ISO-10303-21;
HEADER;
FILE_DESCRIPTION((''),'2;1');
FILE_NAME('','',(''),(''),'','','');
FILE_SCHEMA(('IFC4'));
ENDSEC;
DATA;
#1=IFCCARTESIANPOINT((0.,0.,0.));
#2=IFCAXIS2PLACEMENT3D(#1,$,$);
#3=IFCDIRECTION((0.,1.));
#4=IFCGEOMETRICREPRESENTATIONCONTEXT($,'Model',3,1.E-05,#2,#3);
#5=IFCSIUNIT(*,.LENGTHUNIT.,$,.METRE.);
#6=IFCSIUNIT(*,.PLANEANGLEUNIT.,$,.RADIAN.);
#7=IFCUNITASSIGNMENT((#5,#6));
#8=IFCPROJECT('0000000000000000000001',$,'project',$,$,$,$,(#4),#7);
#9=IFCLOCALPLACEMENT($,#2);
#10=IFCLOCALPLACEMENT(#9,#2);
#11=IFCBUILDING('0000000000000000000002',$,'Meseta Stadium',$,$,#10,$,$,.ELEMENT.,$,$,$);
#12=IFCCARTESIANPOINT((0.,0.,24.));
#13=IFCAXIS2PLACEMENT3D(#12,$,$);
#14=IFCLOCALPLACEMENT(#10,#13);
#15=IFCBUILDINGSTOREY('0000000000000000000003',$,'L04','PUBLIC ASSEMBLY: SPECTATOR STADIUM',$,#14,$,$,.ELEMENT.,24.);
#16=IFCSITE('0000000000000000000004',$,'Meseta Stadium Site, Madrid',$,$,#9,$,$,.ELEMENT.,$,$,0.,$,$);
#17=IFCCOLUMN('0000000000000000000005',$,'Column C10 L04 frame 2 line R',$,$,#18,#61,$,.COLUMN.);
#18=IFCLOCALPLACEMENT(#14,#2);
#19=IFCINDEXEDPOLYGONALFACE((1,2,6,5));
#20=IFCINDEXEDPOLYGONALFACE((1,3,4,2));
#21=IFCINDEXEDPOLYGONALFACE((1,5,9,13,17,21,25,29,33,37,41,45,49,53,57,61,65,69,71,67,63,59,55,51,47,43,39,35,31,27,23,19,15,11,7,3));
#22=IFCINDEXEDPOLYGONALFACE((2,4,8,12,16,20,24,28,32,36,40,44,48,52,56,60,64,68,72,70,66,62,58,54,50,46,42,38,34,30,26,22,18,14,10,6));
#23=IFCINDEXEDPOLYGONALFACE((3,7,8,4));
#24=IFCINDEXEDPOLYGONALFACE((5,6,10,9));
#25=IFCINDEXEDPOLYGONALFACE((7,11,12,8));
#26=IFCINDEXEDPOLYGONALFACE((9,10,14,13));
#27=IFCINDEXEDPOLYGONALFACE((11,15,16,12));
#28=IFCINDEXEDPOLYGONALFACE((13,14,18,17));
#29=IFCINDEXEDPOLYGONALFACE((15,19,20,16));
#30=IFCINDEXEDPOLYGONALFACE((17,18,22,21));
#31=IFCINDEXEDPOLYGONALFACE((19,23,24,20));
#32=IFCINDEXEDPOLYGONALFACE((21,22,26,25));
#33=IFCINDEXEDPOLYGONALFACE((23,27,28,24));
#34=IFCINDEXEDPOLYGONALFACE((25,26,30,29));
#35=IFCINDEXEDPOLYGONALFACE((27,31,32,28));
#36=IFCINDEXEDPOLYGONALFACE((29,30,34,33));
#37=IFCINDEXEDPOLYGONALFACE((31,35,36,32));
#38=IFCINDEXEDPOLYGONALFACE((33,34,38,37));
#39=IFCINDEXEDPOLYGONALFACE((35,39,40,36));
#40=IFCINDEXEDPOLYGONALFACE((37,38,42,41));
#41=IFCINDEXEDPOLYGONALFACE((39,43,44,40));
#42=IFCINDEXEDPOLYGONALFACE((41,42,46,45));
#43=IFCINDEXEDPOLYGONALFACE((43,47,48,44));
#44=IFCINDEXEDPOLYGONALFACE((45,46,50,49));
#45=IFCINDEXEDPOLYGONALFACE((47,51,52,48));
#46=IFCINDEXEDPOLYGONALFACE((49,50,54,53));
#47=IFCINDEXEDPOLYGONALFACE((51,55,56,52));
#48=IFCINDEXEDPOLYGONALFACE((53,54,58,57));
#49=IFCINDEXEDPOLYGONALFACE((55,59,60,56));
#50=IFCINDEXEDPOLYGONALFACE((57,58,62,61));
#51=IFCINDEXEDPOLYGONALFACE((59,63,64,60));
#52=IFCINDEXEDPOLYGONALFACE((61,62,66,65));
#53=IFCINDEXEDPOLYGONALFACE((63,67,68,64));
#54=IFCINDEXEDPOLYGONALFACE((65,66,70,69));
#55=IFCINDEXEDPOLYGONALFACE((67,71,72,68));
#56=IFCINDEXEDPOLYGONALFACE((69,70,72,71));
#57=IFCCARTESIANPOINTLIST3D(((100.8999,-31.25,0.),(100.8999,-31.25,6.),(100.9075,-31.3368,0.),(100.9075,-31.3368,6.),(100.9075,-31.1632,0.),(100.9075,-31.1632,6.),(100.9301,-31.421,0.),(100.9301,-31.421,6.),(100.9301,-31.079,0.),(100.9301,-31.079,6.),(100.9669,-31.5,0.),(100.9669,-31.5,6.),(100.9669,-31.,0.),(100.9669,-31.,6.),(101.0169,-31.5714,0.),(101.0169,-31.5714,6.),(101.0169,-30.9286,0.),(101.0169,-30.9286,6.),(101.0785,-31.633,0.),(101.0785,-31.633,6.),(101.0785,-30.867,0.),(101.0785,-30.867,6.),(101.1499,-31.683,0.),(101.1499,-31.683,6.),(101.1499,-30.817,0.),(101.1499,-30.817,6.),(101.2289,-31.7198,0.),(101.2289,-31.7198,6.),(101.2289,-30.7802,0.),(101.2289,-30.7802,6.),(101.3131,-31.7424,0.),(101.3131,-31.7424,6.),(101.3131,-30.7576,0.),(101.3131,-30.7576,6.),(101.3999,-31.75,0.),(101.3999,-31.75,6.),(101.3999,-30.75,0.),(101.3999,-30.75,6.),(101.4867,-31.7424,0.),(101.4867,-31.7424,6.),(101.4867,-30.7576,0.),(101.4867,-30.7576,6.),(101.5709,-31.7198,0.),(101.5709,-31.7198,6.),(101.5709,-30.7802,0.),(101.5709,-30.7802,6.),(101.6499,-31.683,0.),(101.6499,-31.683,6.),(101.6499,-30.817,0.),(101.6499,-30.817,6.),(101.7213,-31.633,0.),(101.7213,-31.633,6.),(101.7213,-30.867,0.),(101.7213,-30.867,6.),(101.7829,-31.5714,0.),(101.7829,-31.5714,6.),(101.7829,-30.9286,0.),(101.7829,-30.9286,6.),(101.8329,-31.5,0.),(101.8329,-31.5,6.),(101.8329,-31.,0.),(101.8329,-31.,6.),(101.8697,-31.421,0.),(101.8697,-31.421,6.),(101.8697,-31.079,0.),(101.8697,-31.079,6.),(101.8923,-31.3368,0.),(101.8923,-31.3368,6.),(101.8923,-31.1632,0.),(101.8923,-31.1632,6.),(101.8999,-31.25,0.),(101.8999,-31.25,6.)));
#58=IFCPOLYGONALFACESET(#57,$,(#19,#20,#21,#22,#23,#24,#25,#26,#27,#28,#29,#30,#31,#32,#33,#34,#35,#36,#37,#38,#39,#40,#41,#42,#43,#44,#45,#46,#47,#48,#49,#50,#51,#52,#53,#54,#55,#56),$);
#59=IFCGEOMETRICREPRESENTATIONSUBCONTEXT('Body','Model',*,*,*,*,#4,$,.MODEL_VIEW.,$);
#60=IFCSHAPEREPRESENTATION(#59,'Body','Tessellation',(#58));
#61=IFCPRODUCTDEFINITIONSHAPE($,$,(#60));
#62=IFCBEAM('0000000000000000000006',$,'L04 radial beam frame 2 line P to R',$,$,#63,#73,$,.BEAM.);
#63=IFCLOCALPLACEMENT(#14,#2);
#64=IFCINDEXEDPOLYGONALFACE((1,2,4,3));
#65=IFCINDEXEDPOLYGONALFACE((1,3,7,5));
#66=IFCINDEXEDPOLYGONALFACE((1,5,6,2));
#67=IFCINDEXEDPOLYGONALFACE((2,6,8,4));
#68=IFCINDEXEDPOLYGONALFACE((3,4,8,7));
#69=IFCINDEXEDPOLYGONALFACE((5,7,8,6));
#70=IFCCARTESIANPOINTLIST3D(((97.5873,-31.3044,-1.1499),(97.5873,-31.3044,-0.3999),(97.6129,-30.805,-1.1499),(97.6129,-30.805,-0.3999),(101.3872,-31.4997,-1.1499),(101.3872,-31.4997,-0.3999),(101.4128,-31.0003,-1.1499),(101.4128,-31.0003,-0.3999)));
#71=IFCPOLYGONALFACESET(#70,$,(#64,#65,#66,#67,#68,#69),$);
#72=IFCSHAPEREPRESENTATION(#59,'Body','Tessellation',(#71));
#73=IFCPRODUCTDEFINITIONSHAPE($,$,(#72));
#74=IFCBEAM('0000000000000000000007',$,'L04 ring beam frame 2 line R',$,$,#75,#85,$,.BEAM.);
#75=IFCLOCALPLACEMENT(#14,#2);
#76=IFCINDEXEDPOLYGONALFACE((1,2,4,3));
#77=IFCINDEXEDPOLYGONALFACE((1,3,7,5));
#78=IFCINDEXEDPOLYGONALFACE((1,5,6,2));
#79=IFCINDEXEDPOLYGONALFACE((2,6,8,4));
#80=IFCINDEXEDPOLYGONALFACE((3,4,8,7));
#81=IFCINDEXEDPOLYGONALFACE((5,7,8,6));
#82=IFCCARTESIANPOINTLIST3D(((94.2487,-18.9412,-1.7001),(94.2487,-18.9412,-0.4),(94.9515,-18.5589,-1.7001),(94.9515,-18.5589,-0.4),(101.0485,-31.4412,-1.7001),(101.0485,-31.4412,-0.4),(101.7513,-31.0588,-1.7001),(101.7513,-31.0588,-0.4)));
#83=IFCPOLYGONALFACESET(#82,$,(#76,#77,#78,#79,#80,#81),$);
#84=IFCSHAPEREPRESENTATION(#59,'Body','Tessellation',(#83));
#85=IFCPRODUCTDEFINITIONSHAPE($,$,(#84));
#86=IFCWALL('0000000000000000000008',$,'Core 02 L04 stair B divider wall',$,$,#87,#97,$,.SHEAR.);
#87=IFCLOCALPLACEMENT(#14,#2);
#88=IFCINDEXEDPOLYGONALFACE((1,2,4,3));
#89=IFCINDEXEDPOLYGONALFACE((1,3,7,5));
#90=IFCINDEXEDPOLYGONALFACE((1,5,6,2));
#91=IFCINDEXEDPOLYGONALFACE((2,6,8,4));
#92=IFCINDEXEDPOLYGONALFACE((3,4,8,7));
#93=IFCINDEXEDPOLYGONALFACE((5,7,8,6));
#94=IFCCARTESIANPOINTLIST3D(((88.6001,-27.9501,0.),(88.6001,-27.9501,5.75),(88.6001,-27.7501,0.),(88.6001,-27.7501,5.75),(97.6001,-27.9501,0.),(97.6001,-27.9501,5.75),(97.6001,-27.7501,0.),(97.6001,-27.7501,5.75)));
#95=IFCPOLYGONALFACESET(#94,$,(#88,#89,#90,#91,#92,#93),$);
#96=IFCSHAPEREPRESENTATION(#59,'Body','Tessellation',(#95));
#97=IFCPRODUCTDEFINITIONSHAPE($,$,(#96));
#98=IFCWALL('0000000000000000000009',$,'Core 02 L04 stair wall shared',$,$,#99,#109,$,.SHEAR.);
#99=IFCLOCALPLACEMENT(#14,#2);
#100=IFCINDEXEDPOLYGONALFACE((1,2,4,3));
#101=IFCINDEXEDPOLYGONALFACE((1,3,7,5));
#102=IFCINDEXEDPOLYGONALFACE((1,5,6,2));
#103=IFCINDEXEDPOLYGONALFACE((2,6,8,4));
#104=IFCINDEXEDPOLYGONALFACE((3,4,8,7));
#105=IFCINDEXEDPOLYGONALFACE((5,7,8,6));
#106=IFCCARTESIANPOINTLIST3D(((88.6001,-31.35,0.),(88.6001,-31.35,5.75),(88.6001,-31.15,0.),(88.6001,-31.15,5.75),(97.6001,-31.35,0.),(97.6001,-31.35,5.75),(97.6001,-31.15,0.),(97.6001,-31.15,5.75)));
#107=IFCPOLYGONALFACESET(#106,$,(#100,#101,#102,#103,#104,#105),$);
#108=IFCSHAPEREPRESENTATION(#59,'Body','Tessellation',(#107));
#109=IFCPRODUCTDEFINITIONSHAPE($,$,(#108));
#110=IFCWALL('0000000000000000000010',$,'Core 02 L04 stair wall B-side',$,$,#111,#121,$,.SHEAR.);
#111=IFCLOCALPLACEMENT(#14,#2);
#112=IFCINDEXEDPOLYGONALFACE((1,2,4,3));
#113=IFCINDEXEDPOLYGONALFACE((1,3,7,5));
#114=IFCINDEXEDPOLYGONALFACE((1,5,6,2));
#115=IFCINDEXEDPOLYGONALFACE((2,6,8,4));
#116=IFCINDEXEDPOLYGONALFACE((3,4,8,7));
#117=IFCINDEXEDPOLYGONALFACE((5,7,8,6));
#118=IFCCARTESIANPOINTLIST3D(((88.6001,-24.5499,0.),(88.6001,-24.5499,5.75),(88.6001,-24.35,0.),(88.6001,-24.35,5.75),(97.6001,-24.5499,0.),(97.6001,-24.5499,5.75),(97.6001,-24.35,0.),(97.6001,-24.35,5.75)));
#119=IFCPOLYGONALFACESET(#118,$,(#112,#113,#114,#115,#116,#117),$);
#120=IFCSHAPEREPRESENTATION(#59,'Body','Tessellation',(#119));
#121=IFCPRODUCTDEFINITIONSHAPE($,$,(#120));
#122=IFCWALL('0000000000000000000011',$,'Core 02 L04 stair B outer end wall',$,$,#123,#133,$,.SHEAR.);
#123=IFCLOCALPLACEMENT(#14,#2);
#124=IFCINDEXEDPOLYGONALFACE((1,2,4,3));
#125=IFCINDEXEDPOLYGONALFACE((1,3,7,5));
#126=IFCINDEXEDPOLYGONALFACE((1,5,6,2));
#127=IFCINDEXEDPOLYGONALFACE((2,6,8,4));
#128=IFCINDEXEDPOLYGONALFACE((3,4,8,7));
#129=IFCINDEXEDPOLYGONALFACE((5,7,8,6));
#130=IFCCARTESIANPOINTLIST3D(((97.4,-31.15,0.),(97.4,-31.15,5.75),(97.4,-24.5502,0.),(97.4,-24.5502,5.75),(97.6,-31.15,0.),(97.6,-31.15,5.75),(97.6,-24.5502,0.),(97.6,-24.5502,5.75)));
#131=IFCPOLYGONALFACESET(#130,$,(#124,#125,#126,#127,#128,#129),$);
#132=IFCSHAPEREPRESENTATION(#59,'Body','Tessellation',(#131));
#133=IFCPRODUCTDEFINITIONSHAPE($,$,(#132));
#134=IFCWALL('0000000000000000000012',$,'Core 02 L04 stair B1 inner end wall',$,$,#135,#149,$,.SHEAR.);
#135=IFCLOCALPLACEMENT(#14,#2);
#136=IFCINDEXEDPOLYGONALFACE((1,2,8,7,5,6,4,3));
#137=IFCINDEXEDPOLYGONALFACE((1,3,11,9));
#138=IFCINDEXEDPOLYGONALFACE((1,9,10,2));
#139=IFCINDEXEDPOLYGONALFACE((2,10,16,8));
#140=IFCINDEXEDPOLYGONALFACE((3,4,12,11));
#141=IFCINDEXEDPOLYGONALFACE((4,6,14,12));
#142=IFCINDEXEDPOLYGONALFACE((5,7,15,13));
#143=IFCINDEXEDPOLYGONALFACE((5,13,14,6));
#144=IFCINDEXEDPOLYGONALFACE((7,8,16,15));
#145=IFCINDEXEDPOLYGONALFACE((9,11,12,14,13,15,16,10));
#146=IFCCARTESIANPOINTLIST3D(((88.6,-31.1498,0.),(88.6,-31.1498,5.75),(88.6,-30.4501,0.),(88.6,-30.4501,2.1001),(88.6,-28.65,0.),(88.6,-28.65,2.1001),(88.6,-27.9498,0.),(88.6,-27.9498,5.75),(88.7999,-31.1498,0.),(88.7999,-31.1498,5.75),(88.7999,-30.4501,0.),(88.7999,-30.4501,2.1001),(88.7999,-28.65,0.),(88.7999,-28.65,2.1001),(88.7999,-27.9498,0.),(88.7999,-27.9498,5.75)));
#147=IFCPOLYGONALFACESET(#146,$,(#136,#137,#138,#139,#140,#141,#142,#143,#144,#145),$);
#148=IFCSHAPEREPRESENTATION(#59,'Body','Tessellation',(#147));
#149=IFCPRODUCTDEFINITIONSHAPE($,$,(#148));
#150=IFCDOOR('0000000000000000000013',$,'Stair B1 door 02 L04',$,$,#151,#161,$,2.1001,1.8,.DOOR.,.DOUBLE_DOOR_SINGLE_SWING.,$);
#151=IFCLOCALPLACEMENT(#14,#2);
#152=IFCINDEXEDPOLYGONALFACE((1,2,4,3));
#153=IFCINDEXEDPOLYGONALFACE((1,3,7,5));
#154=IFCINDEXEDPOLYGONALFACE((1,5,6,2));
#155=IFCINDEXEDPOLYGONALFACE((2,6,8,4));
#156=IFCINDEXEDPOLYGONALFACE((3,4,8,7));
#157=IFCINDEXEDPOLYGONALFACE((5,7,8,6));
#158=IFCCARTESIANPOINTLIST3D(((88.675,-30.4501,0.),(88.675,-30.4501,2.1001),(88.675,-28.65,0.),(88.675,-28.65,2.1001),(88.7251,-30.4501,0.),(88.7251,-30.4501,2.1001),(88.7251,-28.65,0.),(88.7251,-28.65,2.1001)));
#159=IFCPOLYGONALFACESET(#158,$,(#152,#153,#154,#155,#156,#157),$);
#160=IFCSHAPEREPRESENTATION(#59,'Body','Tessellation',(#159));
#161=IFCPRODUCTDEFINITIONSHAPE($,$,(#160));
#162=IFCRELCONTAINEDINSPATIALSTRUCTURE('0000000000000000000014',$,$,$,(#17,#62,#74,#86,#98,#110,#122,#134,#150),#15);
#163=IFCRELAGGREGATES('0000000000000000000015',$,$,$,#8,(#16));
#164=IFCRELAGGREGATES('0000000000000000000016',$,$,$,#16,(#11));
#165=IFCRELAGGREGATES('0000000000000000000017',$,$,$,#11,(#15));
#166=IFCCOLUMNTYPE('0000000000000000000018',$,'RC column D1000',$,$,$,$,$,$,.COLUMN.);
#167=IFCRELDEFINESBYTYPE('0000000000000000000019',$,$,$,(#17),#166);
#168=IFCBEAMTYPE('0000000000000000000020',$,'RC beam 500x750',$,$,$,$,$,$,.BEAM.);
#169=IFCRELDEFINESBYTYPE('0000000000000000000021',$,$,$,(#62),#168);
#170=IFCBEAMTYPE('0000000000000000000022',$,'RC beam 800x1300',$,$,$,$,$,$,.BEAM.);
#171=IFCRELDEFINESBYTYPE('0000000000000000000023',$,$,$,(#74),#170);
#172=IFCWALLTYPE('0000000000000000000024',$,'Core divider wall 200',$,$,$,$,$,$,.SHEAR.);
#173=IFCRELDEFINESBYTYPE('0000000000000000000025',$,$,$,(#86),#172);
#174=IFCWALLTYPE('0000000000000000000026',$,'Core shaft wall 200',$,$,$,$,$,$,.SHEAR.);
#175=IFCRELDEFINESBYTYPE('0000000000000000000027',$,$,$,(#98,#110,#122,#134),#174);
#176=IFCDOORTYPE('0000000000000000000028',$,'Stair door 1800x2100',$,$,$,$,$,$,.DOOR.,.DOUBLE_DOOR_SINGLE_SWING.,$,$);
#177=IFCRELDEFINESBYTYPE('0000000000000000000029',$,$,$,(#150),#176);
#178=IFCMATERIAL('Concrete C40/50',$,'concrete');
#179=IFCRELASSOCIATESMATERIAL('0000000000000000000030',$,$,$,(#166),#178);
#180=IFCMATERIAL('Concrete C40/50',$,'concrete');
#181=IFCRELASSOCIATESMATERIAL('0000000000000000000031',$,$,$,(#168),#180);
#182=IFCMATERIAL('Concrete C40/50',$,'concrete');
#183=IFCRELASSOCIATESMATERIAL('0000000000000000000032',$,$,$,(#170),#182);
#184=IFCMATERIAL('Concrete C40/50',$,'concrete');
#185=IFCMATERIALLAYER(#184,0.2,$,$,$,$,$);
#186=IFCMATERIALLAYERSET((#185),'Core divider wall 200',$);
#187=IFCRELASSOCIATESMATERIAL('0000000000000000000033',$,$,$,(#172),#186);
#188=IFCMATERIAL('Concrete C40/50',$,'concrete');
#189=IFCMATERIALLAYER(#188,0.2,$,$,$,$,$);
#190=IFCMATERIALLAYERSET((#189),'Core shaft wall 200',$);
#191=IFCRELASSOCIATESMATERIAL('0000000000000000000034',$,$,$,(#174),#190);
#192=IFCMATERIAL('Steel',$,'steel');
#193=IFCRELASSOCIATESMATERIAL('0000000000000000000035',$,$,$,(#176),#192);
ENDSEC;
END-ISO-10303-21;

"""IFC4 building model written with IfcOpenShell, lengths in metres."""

from ifc_helpers import new_model, si_unit, direction, frame, frame_2d, origin, origin_2d, place, context, subcontext, project, spatial, rectangle, circle, extrude, material, layer, layer_set, material_profile, profile_set, type_object, element, fill, save


model = new_model("IFC4")

# Units and contexts
model_context = context("Model", 3, precision=1e-05, world=origin(), true_north=direction((0.0, 1.0)))
body_context = subcontext(model_context, "Body", "Model", "MODEL_VIEW")
ifc_project = project(units=[si_unit("LENGTHUNIT", "METRE"), si_unit("PLANEANGLEUNIT", "RADIAN")], contexts=[model_context])

# Site, building, storey
site_placement = place(None, origin())
site = spatial("IfcSite", under=ifc_project, at=site_placement, Name="Meseta Stadium Site, Madrid", CompositionType="ELEMENT", RefElevation=0.0)
building_placement = place(site_placement, origin())
building = spatial("IfcBuilding", under=site, at=building_placement, Name="Meseta Stadium", CompositionType="ELEMENT")
storey_placement = place(building_placement, frame((0.0, 0.0, 24.0)))
storey = spatial("IfcBuildingStorey", under=building, at=storey_placement, Name="L04", Description="PUBLIC ASSEMBLY: SPECTATOR STADIUM", CompositionType="ELEMENT", Elevation=24.0)

# Column
ifc_material_1 = material(Name="Concrete C40/50", Category="concrete")
ifc_material_profile_1 = material_profile(ifc_material_1, circle(Radius=0.5, at=origin_2d()), Name="RC D1000")
ifc_profile_set_1 = profile_set([ifc_material_profile_1], Name="Concrete C40/50")
column_type = type_object("IfcColumnType", Name="RC column D1000", PredefinedType="COLUMN", material=ifc_profile_set_1)
column_placement = place(storey_placement, frame((101.3999, -31.25, 0.0), z_axis=(0.0, 0.0, 1.0), x_axis=(1.0, 0.0, 0.0)))
element("IfcColumn", 1, at=column_placement, inside=storey, type_object=column_type, Name="Column C10 L04 frame 2 line R", PredefinedType="COLUMN", context=body_context, shape_type="SweptSolid", body=[
    extrude(circle(Radius=0.5, at=origin_2d()), origin(), (0.0, 0.0, 1.0), 6.0),
])

# Beams
ifc_material_2 = material(Name="Concrete C40/50", Category="concrete")
ifc_material_profile_2 = material_profile(ifc_material_2, rectangle(XDim=0.5, YDim=0.75, at=origin_2d()), Name="RC 500x750")
ifc_profile_set_2 = profile_set([ifc_material_profile_2], Name="Concrete C40/50")
beam_type_1 = type_object("IfcBeamType", Name="RC beam 500x750", PredefinedType="BEAM", material=ifc_profile_set_2)
beam_1_placement = place(storey_placement, frame((97.6001, -31.0547, -0.7749), z_axis=(0.998682, -0.051333, 0.0), x_axis=(0.051333, 0.998682, 0.0)))
element("IfcBeam", 2, at=beam_1_placement, inside=storey, type_object=beam_type_1, Name="L04 radial beam frame 2 line P to R", PredefinedType="BEAM", context=body_context, shape_type="SweptSolid", body=[
    extrude(rectangle(XDim=0.5, YDim=0.75, at=origin_2d()), origin(), (0.0, 0.0, 1.0), 3.8049),
])
ifc_material_3 = material(Name="Concrete C40/50", Category="concrete")
ifc_material_profile_3 = material_profile(ifc_material_3, rectangle(XDim=0.8, YDim=1.3, at=origin_2d()), Name="RC 800x1300")
ifc_profile_set_3 = profile_set([ifc_material_profile_3], Name="Concrete C40/50")
beam_type_2 = type_object("IfcBeamType", Name="RC beam 800x1300", PredefinedType="BEAM", material=ifc_profile_set_3)
beam_2_placement = place(storey_placement, frame((101.3999, -31.25, -1.05), z_axis=(-0.477856, 0.878438, 0.0), x_axis=(-0.878438, -0.477856, 0.0)))
element("IfcBeam", 3, at=beam_2_placement, inside=storey, type_object=beam_type_2, Name="L04 ring beam frame 2 line R", PredefinedType="BEAM", context=body_context, shape_type="SweptSolid", body=[
    extrude(rectangle(XDim=0.8, YDim=1.3, at=origin_2d()), origin(), (0.0, 0.0, 1.0), 14.2297),
])

# Walls
ifc_material_4 = material(Name="Concrete C40/50", Category="concrete")
ifc_layer_1 = layer(ifc_material_4, 0.2)
ifc_layer_set_1 = layer_set([ifc_layer_1], Name="Core divider wall 200")
wall_type_1 = type_object("IfcWallType", Name="Core divider wall 200", PredefinedType="SHEAR", material=ifc_layer_set_1)
wall_1_placement = place(storey_placement, frame((97.6001, -27.8501, 0.0), z_axis=(0.0, 0.0, 1.0), x_axis=(-1.0, 0.0, 0.0)))
element("IfcWall", 4, at=wall_1_placement, inside=storey, type_object=wall_type_1, Name="Core 02 L04 stair B divider wall", PredefinedType="SHEAR", context=body_context, shape_type="SweptSolid", body=[
    extrude(rectangle(XDim=9.0, YDim=0.2, at=frame_2d((4.5, 0.0))), origin(), (0.0, 0.0, 1.0), 5.75),
])
ifc_material_5 = material(Name="Concrete C40/50", Category="concrete")
ifc_layer_2 = layer(ifc_material_5, 0.2)
ifc_layer_set_2 = layer_set([ifc_layer_2], Name="Core shaft wall 200")
wall_type_2 = type_object("IfcWallType", Name="Core shaft wall 200", PredefinedType="SHEAR", material=ifc_layer_set_2)
for number, where, z_axis, x_axis, name in (
    (5, (97.6001, -31.25, 0.0), (0.0, 0.0, 1.0), (-1.0, 0.0, 0.0), "Core 02 L04 stair wall shared"),
    (6, (97.6001, -24.45, 0.0), (0.0, 0.0, 1.0), (-1.0, 0.0, 0.0), "Core 02 L04 stair wall B-side"),
):
    element("IfcWall", number, at=place(storey_placement, frame(where, z_axis=z_axis, x_axis=x_axis)), inside=storey, type_object=wall_type_2, Name=name, PredefinedType="SHEAR", context=body_context, shape_type="SweptSolid", body=[
        extrude(rectangle(XDim=9.0, YDim=0.2, at=frame_2d((4.5, 0.0))), origin(), (0.0, 0.0, 1.0), 5.75),
    ])
wall_2_placement = place(storey_placement, frame((97.5, -31.1499, 0.0), z_axis=(0.0, 0.0, 1.0), x_axis=(0.0, 1.0, 0.0)))
element("IfcWall", 7, at=wall_2_placement, inside=storey, type_object=wall_type_2, Name="Core 02 L04 stair B outer end wall", PredefinedType="SHEAR", context=body_context, shape_type="SweptSolid", body=[
    extrude(rectangle(XDim=6.5999, YDim=0.2, at=frame_2d((3.2998, 0.0))), origin(), (0.0, 0.0, 1.0), 5.75),
])

# Wall, opening, door
wall_3_placement = place(storey_placement, frame((88.7, -31.1499, 0.0), z_axis=(0.0, 0.0, 1.0), x_axis=(0.0, 1.0, 0.0)))
wall_3 = element("IfcWall", 8, at=wall_3_placement, inside=storey, type_object=wall_type_2, Name="Core 02 L04 stair B1 inner end wall", PredefinedType="SHEAR", context=body_context, shape_type="SweptSolid", body=[
    extrude(rectangle(XDim=3.2, YDim=0.2, at=frame_2d((1.6001, 0.0))), origin(), (0.0, 0.0, 1.0), 5.75),
])
opening_1_placement = place(wall_3_placement, frame((0.7, 0.0, 0.0)))
opening_1 = element("IfcOpeningElement", 9, at=opening_1_placement, cuts=wall_3, PredefinedType="OPENING", context=body_context, shape_type="SweptSolid", body=[
    extrude(rectangle(XDim=1.8, YDim=2.1001, at=frame_2d((0.8999, 1.05))), frame((0.0, 0.1099, 0.0), z_axis=(0.0, -1.0, 0.0), x_axis=(1.0, 0.0, 0.0)), (0.0, 0.0, 1.0), 0.22),
])
ifc_material_6 = material(Name="Steel", Category="steel")
door_type = type_object("IfcDoorType", Name="Stair door 1800x2100", OperationType="DOUBLE_DOOR_SINGLE_SWING", PredefinedType="DOOR", material=ifc_material_6)
door_1_placement = place(opening_1_placement, origin())
door_1 = element("IfcDoor", 10, at=door_1_placement, inside=storey, type_object=door_type, Name="Stair B1 door 02 L04", OperationType="DOUBLE_DOOR_SINGLE_SWING", OverallHeight=2.1001, OverallWidth=1.8, PredefinedType="DOOR", context=body_context, shape_type="SweptSolid", body=[
    extrude(rectangle(XDim=1.8, YDim=2.1001, at=frame_2d((0.8999, 1.05))), frame((0.0, 0.0249, 0.0), z_axis=(0.0, -1.0, 0.0), x_axis=(1.0, 0.0, 0.0)), (0.0, 0.0, 1.0), 0.05),
])
fill(opening_1, door_1)

save(model, "model.ifc")
